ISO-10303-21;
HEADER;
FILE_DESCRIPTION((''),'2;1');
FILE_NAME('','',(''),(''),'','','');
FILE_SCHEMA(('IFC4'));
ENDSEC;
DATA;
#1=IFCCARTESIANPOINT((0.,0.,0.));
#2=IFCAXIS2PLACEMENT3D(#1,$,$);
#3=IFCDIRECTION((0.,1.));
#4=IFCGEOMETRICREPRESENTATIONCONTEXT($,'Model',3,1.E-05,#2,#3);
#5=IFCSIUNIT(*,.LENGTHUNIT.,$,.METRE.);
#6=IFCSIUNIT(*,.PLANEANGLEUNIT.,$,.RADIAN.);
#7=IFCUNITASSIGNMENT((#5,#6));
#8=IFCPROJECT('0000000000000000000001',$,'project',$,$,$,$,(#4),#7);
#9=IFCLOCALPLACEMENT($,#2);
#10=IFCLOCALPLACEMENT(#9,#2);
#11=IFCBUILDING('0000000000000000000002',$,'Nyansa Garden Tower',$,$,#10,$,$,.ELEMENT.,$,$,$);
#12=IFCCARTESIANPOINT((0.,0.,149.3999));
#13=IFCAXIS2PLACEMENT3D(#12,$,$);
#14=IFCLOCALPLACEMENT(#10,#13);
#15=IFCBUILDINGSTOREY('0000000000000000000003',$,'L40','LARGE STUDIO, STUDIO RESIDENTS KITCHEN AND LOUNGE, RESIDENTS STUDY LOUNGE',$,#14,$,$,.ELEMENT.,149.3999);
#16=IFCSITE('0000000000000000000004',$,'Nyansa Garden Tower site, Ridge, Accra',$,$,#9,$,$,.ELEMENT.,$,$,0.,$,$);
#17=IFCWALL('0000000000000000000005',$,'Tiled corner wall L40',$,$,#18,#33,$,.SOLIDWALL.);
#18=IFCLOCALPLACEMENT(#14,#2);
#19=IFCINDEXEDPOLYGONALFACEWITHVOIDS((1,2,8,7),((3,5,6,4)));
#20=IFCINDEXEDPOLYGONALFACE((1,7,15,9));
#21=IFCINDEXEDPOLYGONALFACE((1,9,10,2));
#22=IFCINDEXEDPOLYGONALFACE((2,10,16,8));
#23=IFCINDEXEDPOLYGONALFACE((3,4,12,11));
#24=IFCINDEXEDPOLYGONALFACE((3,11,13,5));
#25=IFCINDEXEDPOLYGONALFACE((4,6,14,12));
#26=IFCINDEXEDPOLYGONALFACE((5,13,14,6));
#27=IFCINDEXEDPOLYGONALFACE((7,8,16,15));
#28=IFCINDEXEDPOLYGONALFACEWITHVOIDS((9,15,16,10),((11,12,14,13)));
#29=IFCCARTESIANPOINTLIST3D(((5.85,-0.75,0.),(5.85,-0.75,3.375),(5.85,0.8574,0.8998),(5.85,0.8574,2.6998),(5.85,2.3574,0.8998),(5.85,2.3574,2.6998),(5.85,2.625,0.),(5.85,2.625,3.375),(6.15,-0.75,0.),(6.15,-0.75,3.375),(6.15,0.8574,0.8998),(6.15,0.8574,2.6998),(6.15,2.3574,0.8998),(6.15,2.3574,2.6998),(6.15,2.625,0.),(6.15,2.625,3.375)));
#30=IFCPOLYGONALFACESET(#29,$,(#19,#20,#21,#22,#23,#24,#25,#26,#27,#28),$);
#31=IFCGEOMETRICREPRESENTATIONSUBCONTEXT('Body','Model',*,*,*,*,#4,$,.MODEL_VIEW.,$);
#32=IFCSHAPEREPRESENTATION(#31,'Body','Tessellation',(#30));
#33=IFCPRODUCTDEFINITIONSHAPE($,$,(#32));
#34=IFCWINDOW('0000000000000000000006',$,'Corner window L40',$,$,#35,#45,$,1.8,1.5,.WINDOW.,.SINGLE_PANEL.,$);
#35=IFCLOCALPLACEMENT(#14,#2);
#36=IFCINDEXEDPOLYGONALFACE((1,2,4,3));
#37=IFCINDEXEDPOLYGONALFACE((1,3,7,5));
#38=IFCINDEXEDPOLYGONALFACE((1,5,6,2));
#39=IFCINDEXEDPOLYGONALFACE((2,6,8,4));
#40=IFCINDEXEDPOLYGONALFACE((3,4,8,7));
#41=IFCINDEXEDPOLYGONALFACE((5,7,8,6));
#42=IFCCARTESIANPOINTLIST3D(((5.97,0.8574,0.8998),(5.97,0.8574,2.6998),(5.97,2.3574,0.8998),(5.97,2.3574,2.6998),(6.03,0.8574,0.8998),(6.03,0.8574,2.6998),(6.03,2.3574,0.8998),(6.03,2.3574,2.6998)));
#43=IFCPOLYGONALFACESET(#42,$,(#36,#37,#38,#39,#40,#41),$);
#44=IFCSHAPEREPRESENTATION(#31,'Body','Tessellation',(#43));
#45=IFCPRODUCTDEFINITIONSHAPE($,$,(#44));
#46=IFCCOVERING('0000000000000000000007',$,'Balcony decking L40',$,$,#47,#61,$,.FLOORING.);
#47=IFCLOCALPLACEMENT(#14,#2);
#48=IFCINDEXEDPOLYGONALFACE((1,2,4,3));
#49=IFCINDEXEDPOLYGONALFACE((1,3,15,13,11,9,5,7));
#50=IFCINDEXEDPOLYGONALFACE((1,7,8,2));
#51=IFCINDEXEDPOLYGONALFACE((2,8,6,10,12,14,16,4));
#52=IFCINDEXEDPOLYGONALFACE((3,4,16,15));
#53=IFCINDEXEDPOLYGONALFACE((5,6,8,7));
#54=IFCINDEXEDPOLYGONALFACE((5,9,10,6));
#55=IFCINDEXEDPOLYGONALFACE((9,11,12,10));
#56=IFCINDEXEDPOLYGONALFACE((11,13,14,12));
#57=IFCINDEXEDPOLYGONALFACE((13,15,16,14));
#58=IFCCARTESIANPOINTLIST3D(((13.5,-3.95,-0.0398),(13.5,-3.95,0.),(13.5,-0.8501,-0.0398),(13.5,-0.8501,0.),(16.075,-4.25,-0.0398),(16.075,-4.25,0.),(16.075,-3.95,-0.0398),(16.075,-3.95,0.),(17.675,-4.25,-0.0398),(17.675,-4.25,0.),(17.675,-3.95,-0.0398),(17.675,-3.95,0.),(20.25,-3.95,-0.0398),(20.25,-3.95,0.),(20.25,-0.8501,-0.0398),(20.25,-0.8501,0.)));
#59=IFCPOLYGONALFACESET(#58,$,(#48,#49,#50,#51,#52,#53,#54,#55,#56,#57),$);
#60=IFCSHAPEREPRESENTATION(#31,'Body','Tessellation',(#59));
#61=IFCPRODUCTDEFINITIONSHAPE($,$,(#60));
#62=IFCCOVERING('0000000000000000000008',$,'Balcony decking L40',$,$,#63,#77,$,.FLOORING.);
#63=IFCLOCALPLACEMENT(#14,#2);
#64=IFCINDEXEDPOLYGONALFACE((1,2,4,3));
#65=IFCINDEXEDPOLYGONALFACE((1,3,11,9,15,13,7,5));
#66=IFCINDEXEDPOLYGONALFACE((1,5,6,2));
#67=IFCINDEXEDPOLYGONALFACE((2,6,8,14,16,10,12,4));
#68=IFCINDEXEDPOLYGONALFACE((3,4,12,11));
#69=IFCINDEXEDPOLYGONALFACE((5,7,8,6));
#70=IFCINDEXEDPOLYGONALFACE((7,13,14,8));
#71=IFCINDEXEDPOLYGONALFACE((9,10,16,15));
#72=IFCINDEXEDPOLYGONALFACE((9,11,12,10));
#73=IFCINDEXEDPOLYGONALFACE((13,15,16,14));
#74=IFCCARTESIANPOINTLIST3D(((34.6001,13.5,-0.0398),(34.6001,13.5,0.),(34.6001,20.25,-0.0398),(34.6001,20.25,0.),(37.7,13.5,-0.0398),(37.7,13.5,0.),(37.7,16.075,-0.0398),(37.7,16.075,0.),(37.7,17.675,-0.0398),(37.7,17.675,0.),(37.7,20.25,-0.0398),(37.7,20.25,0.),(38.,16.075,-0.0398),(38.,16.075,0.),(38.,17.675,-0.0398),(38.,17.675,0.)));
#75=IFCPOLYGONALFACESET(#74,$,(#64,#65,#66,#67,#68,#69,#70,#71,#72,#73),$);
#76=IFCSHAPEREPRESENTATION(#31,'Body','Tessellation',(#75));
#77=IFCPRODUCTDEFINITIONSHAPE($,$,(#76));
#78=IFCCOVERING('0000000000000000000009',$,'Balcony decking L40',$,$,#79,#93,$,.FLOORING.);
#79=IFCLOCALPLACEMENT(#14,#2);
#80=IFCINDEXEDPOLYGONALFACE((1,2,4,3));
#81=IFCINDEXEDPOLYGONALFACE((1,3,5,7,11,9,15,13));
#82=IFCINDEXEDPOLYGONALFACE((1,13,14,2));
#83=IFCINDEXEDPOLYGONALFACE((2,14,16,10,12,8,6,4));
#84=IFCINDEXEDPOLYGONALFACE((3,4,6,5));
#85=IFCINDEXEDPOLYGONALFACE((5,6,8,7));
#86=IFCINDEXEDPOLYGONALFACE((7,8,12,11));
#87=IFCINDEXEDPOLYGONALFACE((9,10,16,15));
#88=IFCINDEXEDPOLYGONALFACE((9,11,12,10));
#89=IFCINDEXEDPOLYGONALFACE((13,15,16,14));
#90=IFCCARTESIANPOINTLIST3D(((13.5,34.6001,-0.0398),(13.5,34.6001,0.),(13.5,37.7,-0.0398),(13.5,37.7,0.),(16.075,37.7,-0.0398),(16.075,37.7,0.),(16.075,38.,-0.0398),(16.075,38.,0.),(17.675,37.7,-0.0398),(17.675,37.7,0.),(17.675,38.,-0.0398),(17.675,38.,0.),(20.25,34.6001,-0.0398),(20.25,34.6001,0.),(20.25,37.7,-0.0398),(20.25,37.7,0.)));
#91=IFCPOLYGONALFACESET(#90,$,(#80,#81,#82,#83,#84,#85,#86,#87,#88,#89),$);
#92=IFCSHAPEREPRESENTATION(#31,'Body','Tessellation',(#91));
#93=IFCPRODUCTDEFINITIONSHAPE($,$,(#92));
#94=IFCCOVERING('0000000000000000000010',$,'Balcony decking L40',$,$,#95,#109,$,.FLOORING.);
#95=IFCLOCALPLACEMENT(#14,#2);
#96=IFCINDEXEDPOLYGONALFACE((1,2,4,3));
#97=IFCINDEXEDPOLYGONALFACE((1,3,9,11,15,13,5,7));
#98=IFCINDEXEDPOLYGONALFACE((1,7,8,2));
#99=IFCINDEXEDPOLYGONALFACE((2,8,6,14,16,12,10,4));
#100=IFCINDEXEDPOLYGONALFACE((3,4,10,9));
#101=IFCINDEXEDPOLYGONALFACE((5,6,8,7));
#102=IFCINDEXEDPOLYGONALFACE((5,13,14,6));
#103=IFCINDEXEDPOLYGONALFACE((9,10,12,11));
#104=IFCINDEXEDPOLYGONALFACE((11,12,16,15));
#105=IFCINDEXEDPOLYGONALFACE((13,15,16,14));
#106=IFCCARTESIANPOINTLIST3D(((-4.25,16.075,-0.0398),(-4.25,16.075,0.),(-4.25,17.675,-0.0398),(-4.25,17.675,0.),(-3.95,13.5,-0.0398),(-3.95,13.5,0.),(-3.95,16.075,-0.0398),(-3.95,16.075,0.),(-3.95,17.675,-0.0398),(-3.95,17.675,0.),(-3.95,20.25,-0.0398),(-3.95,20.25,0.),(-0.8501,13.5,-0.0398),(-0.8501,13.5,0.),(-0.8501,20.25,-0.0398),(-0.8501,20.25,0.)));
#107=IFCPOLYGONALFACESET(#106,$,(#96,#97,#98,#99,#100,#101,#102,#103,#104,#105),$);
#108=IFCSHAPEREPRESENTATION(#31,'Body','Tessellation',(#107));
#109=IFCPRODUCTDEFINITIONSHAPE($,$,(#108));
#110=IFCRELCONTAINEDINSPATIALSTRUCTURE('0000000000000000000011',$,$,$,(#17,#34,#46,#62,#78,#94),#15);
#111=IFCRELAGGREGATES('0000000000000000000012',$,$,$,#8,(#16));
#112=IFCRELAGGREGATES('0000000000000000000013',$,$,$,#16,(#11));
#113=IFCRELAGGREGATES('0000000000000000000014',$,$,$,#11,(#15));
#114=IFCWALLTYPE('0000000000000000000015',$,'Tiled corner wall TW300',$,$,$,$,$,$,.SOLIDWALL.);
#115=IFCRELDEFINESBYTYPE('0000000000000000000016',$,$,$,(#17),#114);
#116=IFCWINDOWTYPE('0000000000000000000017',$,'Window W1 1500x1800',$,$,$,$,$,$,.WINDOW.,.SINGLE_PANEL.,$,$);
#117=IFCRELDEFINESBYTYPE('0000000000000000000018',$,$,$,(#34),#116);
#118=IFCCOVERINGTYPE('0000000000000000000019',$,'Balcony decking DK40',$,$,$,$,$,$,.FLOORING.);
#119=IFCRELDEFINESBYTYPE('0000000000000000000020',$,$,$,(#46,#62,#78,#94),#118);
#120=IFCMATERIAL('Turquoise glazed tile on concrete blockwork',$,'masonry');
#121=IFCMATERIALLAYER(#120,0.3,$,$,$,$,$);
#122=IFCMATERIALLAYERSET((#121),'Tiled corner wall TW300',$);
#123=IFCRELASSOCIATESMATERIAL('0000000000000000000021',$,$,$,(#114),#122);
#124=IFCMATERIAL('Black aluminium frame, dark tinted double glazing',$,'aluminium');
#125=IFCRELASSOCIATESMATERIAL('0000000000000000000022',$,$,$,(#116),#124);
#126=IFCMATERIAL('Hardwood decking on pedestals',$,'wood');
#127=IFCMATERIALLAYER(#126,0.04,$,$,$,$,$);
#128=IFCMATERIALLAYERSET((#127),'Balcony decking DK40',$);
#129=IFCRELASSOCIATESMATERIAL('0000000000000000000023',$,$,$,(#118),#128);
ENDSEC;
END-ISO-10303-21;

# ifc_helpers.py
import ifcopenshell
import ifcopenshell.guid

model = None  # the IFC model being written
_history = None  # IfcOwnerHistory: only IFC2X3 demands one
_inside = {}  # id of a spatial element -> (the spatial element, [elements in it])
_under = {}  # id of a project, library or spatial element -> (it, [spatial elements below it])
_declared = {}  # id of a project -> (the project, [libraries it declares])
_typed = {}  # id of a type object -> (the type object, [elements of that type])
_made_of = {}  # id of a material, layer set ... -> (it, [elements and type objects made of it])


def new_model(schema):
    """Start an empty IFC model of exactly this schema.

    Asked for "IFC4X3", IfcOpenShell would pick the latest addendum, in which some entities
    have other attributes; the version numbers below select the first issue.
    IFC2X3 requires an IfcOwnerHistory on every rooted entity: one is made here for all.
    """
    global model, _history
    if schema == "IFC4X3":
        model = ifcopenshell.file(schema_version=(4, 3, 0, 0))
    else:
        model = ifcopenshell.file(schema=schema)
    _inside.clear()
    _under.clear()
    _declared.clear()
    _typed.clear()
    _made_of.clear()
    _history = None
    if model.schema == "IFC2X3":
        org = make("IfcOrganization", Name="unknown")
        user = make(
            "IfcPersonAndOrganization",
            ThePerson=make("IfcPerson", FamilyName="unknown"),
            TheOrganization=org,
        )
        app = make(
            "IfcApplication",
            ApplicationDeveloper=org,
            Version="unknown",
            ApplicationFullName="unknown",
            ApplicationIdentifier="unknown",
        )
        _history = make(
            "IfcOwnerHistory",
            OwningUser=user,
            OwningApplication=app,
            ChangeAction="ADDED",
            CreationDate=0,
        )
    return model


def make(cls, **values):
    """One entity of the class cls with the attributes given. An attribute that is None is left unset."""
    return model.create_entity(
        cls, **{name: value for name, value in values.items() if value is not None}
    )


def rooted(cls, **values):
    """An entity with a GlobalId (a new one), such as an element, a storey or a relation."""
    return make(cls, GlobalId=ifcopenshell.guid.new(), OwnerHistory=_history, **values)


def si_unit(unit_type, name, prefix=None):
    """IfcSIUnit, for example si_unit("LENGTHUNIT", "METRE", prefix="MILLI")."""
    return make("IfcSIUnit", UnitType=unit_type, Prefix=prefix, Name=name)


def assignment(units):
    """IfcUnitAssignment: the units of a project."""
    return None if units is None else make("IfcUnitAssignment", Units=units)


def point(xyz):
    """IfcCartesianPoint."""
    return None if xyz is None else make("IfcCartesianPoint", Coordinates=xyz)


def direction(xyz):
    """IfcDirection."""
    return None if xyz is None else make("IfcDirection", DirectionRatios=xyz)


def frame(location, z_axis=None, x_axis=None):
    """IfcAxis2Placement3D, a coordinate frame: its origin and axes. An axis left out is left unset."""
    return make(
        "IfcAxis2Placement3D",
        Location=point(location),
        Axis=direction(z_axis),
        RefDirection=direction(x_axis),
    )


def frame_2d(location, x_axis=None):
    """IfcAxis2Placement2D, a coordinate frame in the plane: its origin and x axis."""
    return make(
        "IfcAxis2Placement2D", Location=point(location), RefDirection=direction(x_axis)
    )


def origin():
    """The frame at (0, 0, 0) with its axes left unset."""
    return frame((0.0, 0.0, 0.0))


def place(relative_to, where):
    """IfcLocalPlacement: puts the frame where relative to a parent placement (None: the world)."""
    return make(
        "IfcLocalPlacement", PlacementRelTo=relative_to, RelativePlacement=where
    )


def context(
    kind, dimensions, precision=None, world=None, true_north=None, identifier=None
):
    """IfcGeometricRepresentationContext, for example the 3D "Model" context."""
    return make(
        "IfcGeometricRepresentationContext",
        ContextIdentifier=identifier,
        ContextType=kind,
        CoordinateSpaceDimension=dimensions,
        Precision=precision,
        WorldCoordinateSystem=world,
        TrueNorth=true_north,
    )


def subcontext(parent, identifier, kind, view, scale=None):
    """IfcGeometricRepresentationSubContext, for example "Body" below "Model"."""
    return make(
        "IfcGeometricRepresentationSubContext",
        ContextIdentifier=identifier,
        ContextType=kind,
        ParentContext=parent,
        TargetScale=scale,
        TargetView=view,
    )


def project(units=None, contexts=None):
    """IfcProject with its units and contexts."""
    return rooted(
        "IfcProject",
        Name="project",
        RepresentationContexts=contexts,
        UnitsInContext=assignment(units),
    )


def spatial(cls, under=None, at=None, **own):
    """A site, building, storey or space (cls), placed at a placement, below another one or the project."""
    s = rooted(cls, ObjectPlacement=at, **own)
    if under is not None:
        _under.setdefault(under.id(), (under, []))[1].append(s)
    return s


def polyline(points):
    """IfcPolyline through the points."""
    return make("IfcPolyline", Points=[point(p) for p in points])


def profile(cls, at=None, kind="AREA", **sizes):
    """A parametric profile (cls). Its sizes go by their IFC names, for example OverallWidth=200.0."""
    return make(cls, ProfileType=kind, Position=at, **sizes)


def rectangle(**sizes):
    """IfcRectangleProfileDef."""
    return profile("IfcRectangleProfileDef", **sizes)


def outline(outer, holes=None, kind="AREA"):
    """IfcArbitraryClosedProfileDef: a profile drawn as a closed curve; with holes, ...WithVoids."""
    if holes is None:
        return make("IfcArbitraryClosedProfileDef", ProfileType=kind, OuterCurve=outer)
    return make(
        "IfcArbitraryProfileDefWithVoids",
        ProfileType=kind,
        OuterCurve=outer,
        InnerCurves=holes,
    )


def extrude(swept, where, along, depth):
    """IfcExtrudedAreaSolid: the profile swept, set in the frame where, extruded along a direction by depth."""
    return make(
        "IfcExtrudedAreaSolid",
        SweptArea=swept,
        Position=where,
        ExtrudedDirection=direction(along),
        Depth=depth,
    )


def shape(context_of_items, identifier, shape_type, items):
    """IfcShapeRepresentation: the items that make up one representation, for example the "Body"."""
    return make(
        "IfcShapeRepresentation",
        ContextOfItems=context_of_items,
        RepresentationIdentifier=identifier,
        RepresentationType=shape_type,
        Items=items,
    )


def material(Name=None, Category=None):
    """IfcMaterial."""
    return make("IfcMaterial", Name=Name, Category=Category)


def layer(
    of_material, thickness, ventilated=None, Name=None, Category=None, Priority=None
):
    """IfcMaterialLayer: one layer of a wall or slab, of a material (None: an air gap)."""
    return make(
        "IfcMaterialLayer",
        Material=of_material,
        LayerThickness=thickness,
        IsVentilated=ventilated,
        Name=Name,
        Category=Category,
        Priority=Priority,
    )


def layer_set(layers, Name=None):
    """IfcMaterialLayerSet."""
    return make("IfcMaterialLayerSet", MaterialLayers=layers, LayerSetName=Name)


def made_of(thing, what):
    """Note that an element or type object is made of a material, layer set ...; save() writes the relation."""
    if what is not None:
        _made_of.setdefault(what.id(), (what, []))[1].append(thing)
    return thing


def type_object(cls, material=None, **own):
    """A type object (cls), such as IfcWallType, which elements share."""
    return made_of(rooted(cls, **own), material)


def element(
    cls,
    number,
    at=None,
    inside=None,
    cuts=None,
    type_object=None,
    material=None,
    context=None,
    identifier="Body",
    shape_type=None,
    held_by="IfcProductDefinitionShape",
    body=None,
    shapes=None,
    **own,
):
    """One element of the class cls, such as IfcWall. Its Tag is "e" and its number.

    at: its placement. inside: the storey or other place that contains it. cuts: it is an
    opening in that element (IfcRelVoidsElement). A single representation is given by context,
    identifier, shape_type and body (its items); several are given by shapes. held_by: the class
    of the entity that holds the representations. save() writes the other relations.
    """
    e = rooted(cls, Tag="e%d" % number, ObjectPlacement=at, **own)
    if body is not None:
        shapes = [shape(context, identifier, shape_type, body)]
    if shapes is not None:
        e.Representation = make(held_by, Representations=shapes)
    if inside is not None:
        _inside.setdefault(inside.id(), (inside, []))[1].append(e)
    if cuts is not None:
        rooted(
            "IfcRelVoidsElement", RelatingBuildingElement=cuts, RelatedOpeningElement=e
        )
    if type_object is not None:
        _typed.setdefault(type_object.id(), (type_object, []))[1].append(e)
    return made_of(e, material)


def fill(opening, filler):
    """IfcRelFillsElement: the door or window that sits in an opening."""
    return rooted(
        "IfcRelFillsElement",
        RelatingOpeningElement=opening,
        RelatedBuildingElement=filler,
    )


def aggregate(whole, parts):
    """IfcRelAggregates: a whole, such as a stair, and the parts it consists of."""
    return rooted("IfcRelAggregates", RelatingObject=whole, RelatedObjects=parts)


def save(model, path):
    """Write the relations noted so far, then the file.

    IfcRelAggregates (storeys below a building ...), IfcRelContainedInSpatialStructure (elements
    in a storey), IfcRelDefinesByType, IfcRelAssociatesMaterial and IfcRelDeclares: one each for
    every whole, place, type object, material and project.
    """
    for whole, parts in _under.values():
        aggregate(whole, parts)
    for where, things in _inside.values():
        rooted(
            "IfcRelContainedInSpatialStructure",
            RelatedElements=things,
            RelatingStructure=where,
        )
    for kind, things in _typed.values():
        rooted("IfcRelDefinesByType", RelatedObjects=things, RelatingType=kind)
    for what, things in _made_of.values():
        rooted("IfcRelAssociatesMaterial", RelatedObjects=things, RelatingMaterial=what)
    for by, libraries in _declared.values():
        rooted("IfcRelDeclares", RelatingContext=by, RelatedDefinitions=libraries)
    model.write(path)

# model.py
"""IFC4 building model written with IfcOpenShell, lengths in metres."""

from ifc_helpers import new_model, si_unit, direction, frame, frame_2d, origin, place, context, subcontext, project, spatial, polyline, rectangle, outline, extrude, material, layer, layer_set, type_object, element, fill, save


model = new_model("IFC4")

# Units and contexts
model_context = context("Model", 3, precision=1e-05, world=origin(), true_north=direction((0.0, 1.0)))
body_context = subcontext(model_context, "Body", "Model", "MODEL_VIEW")
ifc_project = project(units=[si_unit("LENGTHUNIT", "METRE"), si_unit("PLANEANGLEUNIT", "RADIAN")], contexts=[model_context])

# Site, building, storey
site_placement = place(None, origin())
site = spatial("IfcSite", under=ifc_project, at=site_placement, Name="Nyansa Garden Tower site, Ridge, Accra", CompositionType="ELEMENT", RefElevation=0.0)
building_placement = place(site_placement, origin())
building = spatial("IfcBuilding", under=site, at=building_placement, Name="Nyansa Garden Tower", CompositionType="ELEMENT")
storey_placement = place(building_placement, frame((0.0, 0.0, 149.3999)))
storey = spatial("IfcBuildingStorey", under=building, at=storey_placement, Name="L40", Description="LARGE STUDIO, STUDIO RESIDENTS KITCHEN AND LOUNGE, RESIDENTS STUDY LOUNGE", CompositionType="ELEMENT", Elevation=149.3999)

# Wall, opening, window
ifc_material_1 = material(Name="Turquoise glazed tile on concrete blockwork", Category="masonry")
ifc_layer_1 = layer(ifc_material_1, 0.3)
ifc_layer_set_1 = layer_set([ifc_layer_1], Name="Tiled corner wall TW300")
wall_type = type_object("IfcWallType", Name="Tiled corner wall TW300", PredefinedType="SOLIDWALL", material=ifc_layer_set_1)
wall_1_placement = place(storey_placement, frame((6.0, 2.625, 0.0), z_axis=(0.0, 0.0, 1.0), x_axis=(0.0, -1.0, 0.0)))
wall_1 = element("IfcWall", 1, at=wall_1_placement, inside=storey, type_object=wall_type, Name="Tiled corner wall L40", PredefinedType="SOLIDWALL", context=body_context, shape_type="SweptSolid", body=[
    extrude(rectangle(XDim=3.375, YDim=0.3, at=frame_2d((1.6875, 0.0))), origin(), (0.0, 0.0, 1.0), 3.375),
])
opening_1_placement = place(wall_1_placement, frame((0.2676, 0.0, 0.8999)))
opening_1 = element("IfcOpeningElement", 2, at=opening_1_placement, cuts=wall_1, PredefinedType="OPENING", context=body_context, shape_type="SweptSolid", body=[
    extrude(rectangle(XDim=1.5, YDim=1.8, at=frame_2d((0.75, 0.8999))), frame((0.0, 0.1599, 0.0), z_axis=(0.0, -1.0, 0.0), x_axis=(1.0, 0.0, 0.0)), (0.0, 0.0, 1.0), 0.3201),
])
ifc_material_2 = material(Name="Black aluminium frame, dark tinted double glazing", Category="aluminium")
window_type_1 = type_object("IfcWindowType", Name="Window W1 1500x1800", PartitioningType="SINGLE_PANEL", PredefinedType="WINDOW", material=ifc_material_2)
window_1_placement = place(opening_1_placement, origin())
window_1 = element("IfcWindow", 3, at=window_1_placement, inside=storey, type_object=window_type_1, Name="Corner window L40", OverallHeight=1.8, OverallWidth=1.5, PartitioningType="SINGLE_PANEL", PredefinedType="WINDOW", context=body_context, shape_type="SweptSolid", body=[
    extrude(rectangle(XDim=1.5, YDim=1.8, at=frame_2d((0.75, 0.8999))), frame((0.0, 0.03, 0.0), z_axis=(0.0, -1.0, 0.0), x_axis=(1.0, 0.0, 0.0)), (0.0, 0.0, 1.0), 0.0601),
])
fill(opening_1, window_1)

# Coverings
ifc_material_3 = material(Name="Hardwood decking on pedestals", Category="wood")
ifc_layer_2 = layer(ifc_material_3, 0.04)
ifc_layer_set_2 = layer_set([ifc_layer_2], Name="Balcony decking DK40")
covering_type = type_object("IfcCoveringType", Name="Balcony decking DK40", PredefinedType="FLOORING", material=ifc_layer_set_2)
covering_1_placement = place(storey_placement, frame((0.0, 0.0, -0.0398)))
element("IfcCovering", 4, at=covering_1_placement, inside=storey, type_object=covering_type, Name="Balcony decking L40", PredefinedType="FLOORING", context=body_context, shape_type="SweptSolid", body=[
    extrude(outline(polyline([(13.5, -0.8501), (20.25, -0.8501), (20.25, -3.95), (17.675, -3.95), (17.675, -4.25), (16.075, -4.25), (16.075, -3.95), (13.5, -3.95), (13.5, -0.8501)])), origin(), (0.0, 0.0, 1.0), 0.0398),
])
covering_2_placement = place(storey_placement, frame((0.0, 0.0, -0.0398)))
element("IfcCovering", 5, at=covering_2_placement, inside=storey, type_object=covering_type, Name="Balcony decking L40", PredefinedType="FLOORING", context=body_context, shape_type="SweptSolid", body=[
    extrude(outline(polyline([(34.6001, 13.5), (34.6001, 20.25), (37.7, 20.25), (37.7, 17.675), (38.0, 17.675), (38.0, 16.075), (37.7, 16.075), (37.7, 13.5), (34.6001, 13.5)])), origin(), (0.0, 0.0, 1.0), 0.0398),
])
covering_3_placement = place(storey_placement, frame((0.0, 0.0, -0.0398)))
element("IfcCovering", 6, at=covering_3_placement, inside=storey, type_object=covering_type, Name="Balcony decking L40", PredefinedType="FLOORING", context=body_context, shape_type="SweptSolid", body=[
    extrude(outline(polyline([(13.5, 34.6001), (20.25, 34.6001), (20.25, 37.7), (17.675, 37.7), (17.675, 38.0), (16.075, 38.0), (16.075, 37.7), (13.5, 37.7), (13.5, 34.6001)])), origin(), (0.0, 0.0, 1.0), 0.0398),
])
covering_4_placement = place(storey_placement, frame((0.0, 0.0, -0.0398)))
element("IfcCovering", 7, at=covering_4_placement, inside=storey, type_object=covering_type, Name="Balcony decking L40", PredefinedType="FLOORING", context=body_context, shape_type="SweptSolid", body=[
    extrude(outline(polyline([(-0.8501, 13.5), (-0.8501, 20.25), (-3.95, 20.25), (-3.95, 17.675), (-4.25, 17.675), (-4.25, 16.075), (-3.95, 16.075), (-3.95, 13.5), (-0.8501, 13.5)])), origin(), (0.0, 0.0, 1.0), 0.0398),
])

save(model, "model.ifc")
